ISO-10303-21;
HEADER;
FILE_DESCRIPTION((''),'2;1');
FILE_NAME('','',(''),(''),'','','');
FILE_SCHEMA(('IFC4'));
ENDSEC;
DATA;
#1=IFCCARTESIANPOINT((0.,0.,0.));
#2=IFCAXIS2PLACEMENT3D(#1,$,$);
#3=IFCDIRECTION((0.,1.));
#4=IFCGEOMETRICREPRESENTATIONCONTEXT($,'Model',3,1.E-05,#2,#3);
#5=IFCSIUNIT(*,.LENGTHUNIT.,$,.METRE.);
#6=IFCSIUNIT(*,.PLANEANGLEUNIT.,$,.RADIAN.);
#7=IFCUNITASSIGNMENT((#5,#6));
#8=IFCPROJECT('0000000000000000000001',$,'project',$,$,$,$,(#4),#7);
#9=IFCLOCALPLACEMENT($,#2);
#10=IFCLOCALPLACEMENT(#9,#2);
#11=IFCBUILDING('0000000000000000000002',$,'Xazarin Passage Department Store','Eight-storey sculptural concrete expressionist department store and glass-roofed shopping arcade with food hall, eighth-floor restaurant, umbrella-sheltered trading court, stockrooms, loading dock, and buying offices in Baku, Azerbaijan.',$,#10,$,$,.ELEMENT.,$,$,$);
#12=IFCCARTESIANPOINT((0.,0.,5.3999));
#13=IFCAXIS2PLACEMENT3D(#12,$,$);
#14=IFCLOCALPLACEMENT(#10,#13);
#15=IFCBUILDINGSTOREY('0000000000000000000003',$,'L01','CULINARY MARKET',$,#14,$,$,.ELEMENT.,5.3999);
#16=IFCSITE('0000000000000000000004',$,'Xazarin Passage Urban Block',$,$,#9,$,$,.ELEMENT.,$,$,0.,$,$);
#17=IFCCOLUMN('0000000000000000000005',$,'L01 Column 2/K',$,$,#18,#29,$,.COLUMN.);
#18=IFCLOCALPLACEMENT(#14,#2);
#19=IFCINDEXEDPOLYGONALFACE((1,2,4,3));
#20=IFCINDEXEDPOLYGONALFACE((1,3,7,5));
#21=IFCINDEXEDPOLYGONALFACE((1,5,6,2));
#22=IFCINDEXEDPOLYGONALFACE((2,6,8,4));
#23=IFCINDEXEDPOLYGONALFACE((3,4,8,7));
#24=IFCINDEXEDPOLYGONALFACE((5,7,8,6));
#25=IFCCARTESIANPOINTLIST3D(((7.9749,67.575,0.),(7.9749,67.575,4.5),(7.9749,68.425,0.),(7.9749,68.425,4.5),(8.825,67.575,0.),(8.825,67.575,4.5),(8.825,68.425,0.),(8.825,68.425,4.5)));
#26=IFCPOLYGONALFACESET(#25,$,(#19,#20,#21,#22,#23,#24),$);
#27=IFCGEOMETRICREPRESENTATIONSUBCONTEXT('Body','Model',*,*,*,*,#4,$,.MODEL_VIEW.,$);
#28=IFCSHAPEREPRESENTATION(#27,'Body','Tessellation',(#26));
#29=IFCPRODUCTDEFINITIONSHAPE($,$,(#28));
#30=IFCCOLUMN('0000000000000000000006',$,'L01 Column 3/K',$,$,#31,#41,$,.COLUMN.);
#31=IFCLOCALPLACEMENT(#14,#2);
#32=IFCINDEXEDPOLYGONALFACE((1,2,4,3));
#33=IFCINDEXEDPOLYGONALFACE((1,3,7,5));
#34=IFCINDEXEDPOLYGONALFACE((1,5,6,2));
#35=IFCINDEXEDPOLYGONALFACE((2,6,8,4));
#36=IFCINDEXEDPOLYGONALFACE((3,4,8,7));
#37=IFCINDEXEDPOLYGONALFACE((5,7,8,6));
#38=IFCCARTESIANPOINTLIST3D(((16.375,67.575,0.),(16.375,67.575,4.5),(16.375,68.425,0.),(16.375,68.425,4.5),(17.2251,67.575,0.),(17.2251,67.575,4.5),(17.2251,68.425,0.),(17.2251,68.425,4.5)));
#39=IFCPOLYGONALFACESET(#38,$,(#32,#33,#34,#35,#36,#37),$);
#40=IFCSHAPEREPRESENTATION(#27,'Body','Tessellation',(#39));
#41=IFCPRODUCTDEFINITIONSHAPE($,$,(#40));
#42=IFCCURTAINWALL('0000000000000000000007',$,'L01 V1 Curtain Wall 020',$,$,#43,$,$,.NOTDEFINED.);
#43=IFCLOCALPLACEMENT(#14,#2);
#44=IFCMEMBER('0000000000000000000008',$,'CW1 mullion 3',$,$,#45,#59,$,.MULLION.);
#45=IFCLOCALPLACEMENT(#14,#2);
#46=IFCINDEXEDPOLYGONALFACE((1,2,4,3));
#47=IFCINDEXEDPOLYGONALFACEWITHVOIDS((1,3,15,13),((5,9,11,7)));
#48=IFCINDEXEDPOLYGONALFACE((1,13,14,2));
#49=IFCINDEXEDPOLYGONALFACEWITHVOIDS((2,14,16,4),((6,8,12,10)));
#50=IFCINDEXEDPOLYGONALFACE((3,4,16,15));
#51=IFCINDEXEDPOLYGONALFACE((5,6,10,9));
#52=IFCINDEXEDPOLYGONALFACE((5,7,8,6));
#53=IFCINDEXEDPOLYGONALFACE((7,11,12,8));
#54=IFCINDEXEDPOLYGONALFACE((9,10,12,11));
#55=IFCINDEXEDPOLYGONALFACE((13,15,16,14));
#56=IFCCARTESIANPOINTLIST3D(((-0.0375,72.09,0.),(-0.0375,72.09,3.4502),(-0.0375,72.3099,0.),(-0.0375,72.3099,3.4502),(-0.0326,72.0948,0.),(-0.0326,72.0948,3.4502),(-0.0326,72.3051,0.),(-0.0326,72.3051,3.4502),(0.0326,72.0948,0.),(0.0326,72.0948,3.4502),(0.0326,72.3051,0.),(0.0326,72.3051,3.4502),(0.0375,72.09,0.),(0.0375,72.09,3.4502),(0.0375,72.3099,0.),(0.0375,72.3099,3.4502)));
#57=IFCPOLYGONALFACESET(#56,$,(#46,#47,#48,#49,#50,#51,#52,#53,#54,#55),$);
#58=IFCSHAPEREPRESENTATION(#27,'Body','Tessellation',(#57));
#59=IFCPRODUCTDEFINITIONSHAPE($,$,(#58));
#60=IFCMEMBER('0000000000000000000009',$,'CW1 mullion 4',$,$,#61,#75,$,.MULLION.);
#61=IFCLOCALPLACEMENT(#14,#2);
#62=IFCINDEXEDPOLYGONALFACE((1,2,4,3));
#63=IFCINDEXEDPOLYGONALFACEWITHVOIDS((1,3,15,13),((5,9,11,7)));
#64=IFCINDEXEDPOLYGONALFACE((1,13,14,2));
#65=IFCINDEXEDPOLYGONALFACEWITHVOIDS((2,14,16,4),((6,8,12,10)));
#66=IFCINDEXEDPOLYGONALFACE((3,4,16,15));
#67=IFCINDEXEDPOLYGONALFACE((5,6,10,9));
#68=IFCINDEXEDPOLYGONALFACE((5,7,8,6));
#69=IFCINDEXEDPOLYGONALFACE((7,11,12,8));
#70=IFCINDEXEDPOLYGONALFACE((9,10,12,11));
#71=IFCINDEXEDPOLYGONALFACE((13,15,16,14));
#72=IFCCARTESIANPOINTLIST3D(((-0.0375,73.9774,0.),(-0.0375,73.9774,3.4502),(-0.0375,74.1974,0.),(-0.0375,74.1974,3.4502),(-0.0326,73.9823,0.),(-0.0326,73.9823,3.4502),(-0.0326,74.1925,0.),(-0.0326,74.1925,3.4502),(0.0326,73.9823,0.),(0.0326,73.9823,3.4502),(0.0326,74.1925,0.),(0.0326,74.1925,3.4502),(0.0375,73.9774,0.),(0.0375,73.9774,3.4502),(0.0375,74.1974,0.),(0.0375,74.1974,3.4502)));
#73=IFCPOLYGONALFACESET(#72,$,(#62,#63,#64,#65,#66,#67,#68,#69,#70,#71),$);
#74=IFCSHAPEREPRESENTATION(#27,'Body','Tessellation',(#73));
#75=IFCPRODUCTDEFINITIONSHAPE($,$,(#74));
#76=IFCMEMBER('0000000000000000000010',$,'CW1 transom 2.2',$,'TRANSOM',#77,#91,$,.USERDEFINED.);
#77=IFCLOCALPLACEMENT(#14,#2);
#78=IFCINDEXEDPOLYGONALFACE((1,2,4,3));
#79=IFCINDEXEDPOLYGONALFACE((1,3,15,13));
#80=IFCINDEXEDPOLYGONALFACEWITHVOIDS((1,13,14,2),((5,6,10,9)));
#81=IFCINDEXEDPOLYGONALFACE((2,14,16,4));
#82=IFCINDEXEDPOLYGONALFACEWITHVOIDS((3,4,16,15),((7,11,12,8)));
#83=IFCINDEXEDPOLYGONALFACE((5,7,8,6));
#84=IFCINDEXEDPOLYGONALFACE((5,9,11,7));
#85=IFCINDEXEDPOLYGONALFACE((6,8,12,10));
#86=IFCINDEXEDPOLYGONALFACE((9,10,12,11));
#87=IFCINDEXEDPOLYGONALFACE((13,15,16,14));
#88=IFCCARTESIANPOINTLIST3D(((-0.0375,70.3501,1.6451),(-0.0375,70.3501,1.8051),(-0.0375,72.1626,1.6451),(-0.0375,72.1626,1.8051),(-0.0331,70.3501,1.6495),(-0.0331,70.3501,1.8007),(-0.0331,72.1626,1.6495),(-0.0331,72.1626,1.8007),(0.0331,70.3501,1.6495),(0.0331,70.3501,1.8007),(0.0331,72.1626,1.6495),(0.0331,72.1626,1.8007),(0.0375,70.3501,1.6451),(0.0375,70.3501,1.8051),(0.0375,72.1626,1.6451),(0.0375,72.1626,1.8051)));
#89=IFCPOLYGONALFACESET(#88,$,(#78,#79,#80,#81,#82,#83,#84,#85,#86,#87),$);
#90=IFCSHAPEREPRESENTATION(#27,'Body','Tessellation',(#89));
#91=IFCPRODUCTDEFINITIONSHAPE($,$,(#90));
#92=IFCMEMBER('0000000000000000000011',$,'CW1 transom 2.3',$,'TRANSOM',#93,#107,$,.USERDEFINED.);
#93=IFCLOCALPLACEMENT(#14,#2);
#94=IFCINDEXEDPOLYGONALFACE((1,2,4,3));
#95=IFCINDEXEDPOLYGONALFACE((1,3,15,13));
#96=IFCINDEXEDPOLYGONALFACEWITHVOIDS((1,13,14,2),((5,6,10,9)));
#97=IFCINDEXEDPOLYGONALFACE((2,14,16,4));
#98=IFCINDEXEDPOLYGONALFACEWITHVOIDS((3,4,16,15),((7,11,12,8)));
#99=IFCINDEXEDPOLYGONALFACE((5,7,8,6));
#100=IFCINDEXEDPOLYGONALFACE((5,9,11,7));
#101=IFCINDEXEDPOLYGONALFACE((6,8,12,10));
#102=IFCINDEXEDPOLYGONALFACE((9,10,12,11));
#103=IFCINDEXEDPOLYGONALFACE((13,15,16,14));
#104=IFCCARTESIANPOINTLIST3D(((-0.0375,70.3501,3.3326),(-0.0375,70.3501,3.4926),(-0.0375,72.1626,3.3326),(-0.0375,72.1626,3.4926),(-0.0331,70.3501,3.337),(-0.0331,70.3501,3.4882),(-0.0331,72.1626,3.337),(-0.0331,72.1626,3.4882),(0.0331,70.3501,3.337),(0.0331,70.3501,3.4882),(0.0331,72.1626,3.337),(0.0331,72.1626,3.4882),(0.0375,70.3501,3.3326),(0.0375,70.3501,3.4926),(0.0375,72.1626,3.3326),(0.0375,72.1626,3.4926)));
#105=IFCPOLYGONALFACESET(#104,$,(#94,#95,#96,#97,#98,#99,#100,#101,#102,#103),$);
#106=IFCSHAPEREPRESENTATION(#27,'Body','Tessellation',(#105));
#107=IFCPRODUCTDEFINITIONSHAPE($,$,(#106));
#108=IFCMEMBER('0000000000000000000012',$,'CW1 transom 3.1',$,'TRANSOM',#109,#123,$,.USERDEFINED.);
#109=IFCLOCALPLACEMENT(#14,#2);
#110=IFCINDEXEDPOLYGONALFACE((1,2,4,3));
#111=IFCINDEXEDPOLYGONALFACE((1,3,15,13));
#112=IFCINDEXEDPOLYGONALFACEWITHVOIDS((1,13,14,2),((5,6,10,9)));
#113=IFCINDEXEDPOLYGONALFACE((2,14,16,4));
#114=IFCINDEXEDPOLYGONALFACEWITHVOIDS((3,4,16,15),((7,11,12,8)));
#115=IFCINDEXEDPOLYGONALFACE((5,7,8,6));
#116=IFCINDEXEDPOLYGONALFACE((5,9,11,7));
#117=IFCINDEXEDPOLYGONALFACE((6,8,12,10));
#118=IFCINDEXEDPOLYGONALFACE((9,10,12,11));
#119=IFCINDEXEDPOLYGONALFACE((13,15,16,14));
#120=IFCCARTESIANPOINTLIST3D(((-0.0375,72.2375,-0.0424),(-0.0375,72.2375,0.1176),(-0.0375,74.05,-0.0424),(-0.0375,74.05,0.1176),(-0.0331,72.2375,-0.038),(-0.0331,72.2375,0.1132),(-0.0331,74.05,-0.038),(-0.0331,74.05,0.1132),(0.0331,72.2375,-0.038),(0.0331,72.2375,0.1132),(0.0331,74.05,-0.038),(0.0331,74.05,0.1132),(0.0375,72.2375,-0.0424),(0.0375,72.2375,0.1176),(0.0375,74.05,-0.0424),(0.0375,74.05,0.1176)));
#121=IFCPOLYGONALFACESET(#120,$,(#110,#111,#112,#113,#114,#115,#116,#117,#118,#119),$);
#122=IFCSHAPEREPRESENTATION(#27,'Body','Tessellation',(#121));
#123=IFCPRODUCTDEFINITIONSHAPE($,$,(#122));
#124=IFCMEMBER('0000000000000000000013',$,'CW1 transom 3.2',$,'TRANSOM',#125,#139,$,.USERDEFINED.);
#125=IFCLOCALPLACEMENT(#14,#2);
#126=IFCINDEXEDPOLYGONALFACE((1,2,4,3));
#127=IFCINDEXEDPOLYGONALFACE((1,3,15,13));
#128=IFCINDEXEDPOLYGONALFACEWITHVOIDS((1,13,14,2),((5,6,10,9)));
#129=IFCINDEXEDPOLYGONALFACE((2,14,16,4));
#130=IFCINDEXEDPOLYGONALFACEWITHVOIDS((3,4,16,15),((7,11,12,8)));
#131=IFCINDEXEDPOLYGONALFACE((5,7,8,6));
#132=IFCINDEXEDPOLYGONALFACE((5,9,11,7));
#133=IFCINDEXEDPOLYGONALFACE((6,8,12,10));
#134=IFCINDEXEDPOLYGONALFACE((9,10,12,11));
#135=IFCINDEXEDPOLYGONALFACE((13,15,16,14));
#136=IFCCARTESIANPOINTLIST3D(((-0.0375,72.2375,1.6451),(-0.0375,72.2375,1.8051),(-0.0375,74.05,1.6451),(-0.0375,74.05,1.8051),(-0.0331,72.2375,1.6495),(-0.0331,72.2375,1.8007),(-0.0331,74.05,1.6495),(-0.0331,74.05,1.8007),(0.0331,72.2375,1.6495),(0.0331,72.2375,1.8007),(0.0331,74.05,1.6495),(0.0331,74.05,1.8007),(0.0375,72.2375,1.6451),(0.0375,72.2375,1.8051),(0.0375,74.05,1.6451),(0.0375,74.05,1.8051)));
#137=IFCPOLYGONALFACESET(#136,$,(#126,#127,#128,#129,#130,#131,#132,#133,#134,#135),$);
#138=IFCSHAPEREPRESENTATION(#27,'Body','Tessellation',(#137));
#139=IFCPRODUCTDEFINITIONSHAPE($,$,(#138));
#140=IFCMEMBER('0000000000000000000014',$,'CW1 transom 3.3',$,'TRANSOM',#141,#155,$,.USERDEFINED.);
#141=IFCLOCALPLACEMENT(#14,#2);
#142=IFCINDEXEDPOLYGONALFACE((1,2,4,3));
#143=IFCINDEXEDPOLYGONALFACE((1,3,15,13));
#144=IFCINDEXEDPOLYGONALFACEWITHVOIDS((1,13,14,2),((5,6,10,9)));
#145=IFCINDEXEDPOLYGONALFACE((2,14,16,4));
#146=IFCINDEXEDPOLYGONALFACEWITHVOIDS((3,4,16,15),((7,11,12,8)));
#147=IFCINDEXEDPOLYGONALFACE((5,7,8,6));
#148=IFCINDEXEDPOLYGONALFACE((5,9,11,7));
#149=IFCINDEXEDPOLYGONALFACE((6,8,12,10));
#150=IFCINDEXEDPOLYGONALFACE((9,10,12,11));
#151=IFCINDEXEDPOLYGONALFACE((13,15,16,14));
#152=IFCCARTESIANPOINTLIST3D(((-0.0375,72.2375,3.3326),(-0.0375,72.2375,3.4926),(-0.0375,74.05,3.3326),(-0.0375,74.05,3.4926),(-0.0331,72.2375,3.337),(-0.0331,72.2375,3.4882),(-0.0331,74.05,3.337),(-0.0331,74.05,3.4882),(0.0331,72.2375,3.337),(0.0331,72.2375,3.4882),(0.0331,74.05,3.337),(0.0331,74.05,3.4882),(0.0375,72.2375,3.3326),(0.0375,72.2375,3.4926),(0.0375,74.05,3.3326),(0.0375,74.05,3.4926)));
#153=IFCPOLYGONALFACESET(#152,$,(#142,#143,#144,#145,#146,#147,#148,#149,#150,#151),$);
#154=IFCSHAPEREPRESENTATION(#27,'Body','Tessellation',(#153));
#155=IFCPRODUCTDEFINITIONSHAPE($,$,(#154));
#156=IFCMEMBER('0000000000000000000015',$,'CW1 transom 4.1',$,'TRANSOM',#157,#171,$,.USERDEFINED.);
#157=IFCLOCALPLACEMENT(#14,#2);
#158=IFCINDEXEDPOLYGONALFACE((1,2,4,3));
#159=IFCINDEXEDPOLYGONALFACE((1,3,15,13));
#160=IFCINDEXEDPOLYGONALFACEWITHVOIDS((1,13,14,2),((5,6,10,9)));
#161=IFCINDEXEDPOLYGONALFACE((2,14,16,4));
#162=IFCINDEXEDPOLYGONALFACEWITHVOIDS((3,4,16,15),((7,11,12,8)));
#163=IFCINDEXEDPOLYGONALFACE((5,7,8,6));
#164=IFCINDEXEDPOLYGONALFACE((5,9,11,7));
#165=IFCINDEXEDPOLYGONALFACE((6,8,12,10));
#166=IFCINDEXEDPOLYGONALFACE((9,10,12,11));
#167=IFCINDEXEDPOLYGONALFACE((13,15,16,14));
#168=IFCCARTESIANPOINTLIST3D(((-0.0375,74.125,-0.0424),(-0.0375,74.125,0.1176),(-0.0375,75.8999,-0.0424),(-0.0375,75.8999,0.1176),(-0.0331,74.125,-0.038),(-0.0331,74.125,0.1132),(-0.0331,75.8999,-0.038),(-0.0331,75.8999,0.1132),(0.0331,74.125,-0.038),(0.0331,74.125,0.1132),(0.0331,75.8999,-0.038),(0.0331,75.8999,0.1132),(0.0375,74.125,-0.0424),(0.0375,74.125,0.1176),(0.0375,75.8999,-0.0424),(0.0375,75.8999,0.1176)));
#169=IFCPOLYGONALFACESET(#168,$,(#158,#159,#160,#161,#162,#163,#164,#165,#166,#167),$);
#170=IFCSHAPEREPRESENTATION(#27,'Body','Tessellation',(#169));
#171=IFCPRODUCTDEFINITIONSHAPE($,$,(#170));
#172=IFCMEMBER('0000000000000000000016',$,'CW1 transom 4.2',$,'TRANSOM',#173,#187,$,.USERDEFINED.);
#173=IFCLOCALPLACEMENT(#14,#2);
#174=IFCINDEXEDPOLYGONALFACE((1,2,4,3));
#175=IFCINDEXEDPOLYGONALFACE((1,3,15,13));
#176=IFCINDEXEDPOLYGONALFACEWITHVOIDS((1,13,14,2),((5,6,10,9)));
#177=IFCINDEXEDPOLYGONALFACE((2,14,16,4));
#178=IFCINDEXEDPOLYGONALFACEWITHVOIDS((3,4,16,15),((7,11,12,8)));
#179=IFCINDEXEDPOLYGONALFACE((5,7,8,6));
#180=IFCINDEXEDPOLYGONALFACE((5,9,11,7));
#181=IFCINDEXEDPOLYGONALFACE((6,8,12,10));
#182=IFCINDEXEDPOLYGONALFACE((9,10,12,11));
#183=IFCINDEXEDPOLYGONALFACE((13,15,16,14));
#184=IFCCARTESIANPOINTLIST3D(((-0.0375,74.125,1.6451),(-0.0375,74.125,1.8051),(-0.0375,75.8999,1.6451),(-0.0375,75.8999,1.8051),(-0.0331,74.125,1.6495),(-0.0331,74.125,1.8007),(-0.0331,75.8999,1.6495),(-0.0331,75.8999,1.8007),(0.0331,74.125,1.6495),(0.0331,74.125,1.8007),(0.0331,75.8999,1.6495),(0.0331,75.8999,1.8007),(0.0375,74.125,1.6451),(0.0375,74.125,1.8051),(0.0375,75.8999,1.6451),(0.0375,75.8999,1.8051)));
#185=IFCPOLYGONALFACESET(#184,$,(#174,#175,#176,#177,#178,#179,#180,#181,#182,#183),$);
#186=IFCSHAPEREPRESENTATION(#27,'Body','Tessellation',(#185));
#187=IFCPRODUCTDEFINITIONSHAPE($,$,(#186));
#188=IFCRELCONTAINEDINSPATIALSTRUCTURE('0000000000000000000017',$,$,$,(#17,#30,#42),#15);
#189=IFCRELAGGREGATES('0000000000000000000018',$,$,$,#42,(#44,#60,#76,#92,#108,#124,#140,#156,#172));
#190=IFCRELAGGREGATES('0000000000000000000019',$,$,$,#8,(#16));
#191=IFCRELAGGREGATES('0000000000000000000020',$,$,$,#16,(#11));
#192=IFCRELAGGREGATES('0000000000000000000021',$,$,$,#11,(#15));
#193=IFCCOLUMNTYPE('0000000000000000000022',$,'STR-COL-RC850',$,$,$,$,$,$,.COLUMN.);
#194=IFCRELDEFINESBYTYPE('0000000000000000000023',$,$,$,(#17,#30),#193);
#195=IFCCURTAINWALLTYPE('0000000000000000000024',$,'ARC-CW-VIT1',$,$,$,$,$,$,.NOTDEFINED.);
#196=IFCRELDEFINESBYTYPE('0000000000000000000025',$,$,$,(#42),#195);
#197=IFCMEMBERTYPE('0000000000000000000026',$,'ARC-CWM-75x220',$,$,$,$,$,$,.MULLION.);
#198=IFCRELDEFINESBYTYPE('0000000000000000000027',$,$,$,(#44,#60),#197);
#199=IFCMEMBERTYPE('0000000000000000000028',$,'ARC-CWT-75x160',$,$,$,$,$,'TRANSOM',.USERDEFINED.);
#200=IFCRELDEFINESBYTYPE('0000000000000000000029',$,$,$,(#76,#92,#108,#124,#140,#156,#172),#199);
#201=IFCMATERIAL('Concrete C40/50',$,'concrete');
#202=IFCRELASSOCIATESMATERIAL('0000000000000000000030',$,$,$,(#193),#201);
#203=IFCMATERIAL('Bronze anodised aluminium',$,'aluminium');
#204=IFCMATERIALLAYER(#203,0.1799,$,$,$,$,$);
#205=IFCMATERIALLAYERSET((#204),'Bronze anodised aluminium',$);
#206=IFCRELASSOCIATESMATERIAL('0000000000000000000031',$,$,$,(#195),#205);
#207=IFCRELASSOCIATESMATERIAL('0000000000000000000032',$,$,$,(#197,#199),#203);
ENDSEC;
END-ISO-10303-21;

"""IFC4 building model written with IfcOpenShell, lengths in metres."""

from ifc_helpers import new_model, si_unit, direction, frame, origin, origin_2d, place, context, subcontext, project, spatial, rectangle, hollow_rectangle, extrude, material, layer, layer_set, material_profile, profile_set, type_object, element, aggregate, save


model = new_model("IFC4")

# Units and contexts
model_context = context("Model", 3, precision=1e-05, world=origin(), true_north=direction((0.0, 1.0)))
body_context = subcontext(model_context, "Body", "Model", "MODEL_VIEW")
ifc_project = project(units=[si_unit("LENGTHUNIT", "METRE"), si_unit("PLANEANGLEUNIT", "RADIAN")], contexts=[model_context])

# Site, building, storey
site_placement = place(None, origin())
site = spatial("IfcSite", under=ifc_project, at=site_placement, Name="Xazarin Passage Urban Block", CompositionType="ELEMENT", RefElevation=0.0)
building_placement = place(site_placement, origin())
building = spatial("IfcBuilding", under=site, at=building_placement, Name="Xazarin Passage Department Store", Description="Eight-storey sculptural concrete expressionist department store and glass-roofed shopping arcade with food hall, eighth-floor restaurant, umbrella-sheltered trading court, stockrooms, loading dock, and buying offices in Baku, Azerbaijan.", CompositionType="ELEMENT")
storey_placement = place(building_placement, frame((0.0, 0.0, 5.3999)))
storey = spatial("IfcBuildingStorey", under=building, at=storey_placement, Name="L01", Description="CULINARY MARKET", CompositionType="ELEMENT", Elevation=5.3999)

# Columns
ifc_material_1 = material(Name="Concrete C40/50", Category="concrete")
ifc_material_profile_1 = material_profile(ifc_material_1, rectangle(XDim=0.8501, YDim=0.8501, at=origin_2d()), Name="RC 850x850")
ifc_profile_set_1 = profile_set([ifc_material_profile_1], Name="Concrete C40/50")
column_type = type_object("IfcColumnType", Name="STR-COL-RC850", PredefinedType="COLUMN", material=ifc_profile_set_1)
for number, where, z_axis, x_axis, name in (
    (1, (8.3999, 68.0, 0.0), (0.0, 0.0, 1.0), (1.0, 0.0, 0.0), "L01 Column 2/K"),
    (2, (16.8, 68.0, 0.0), (0.0, 0.0, 1.0), (1.0, 0.0, 0.0), "L01 Column 3/K"),
):
    element("IfcColumn", number, at=place(storey_placement, frame(where, z_axis=z_axis, x_axis=x_axis)), inside=storey, type_object=column_type, Name=name, PredefinedType="COLUMN", context=body_context, shape_type="SweptSolid", body=[
        extrude(rectangle(XDim=0.8501, YDim=0.8501, at=origin_2d()), origin(), (0.0, 0.0, 1.0), 4.5),
    ])

# Curtain wall, members
ifc_material_2 = material(Name="Bronze anodised aluminium", Category="aluminium")
ifc_layer_1 = layer(ifc_material_2, 0.1799)
ifc_layer_set_1 = layer_set([ifc_layer_1], Name="Bronze anodised aluminium")
curtain_wall_type = type_object("IfcCurtainWallType", Name="ARC-CW-VIT1", PredefinedType="NOTDEFINED", material=ifc_layer_set_1)
curtain_wall_placement = place(storey_placement, origin())
curtain_wall = element("IfcCurtainWall", 3, at=curtain_wall_placement, inside=storey, type_object=curtain_wall_type, Name="L01 V1 Curtain Wall 020", PredefinedType="NOTDEFINED")
ifc_material_profile_2 = material_profile(ifc_material_2, hollow_rectangle(XDim=0.075, YDim=0.22, WallThickness=0.0049, at=origin_2d()), Name="ALU 75x220")
ifc_profile_set_2 = profile_set([ifc_material_profile_2], Name="Bronze anodised aluminium")
member_type_1 = type_object("IfcMemberType", Name="ARC-CWM-75x220", PredefinedType="MULLION", material=ifc_profile_set_2)
member_1_placement = place(storey_placement, frame((0.0, 72.2, 0.0), z_axis=(0.0, 0.0, 1.0), x_axis=(-1.0, 0.0, 0.0)))
member_1 = element("IfcMember", 4, at=member_1_placement, type_object=member_type_1, Name="CW1 mullion 3", PredefinedType="MULLION", context=body_context, shape_type="SweptSolid", body=[
    extrude(hollow_rectangle(XDim=0.075, YDim=0.22, WallThickness=0.0049, at=origin_2d()), origin(), (0.0, 0.0, 1.0), 3.4502),
])
member_2_placement = place(storey_placement, frame((0.0, 74.0874, 0.0), z_axis=(0.0, 0.0, 1.0), x_axis=(-1.0, 0.0, 0.0)))
member_2 = element("IfcMember", 5, at=member_2_placement, type_object=member_type_1, Name="CW1 mullion 4", PredefinedType="MULLION", context=body_context, shape_type="SweptSolid", body=[
    extrude(hollow_rectangle(XDim=0.075, YDim=0.22, WallThickness=0.0049, at=origin_2d()), origin(), (0.0, 0.0, 1.0), 3.4502),
])
ifc_material_profile_3 = material_profile(ifc_material_2, hollow_rectangle(XDim=0.075, YDim=0.1599, WallThickness=0.0044, at=origin_2d()), Name="ALU 75x160")
ifc_profile_set_3 = profile_set([ifc_material_profile_3], Name="Bronze anodised aluminium")
member_type_2 = type_object("IfcMemberType", Name="ARC-CWT-75x160", ElementType="TRANSOM", PredefinedType="USERDEFINED", material=ifc_profile_set_3)
member_3_placement = place(storey_placement, frame((0.0, 70.3501, 1.7251), z_axis=(0.0, 1.0, 0.0), x_axis=(-1.0, 0.0, 0.0)))
member_3 = element("IfcMember", 6, at=member_3_placement, type_object=member_type_2, Name="CW1 transom 2.2", ObjectType="TRANSOM", PredefinedType="USERDEFINED", context=body_context, shape_type="SweptSolid", body=[
    extrude(hollow_rectangle(XDim=0.075, YDim=0.1599, WallThickness=0.0044, at=origin_2d()), origin(), (0.0, 0.0, 1.0), 1.8125),
])
member_4_placement = place(storey_placement, frame((0.0, 70.3501, 3.4126), z_axis=(0.0, 1.0, 0.0), x_axis=(-1.0, 0.0, 0.0)))
member_4 = element("IfcMember", 7, at=member_4_placement, type_object=member_type_2, Name="CW1 transom 2.3", ObjectType="TRANSOM", PredefinedType="USERDEFINED", context=body_context, shape_type="SweptSolid", body=[
    extrude(hollow_rectangle(XDim=0.075, YDim=0.1599, WallThickness=0.0044, at=origin_2d()), origin(), (0.0, 0.0, 1.0), 1.8125),
])
member_5_placement = place(storey_placement, frame((0.0, 72.2375, 0.0376), z_axis=(0.0, 1.0, 0.0), x_axis=(-1.0, 0.0, 0.0)))
member_5 = element("IfcMember", 8, at=member_5_placement, type_object=member_type_2, Name="CW1 transom 3.1", ObjectType="TRANSOM", PredefinedType="USERDEFINED", context=body_context, shape_type="SweptSolid", body=[
    extrude(hollow_rectangle(XDim=0.075, YDim=0.1599, WallThickness=0.0044, at=origin_2d()), origin(), (0.0, 0.0, 1.0), 1.8125),
])
member_6_placement = place(storey_placement, frame((0.0, 72.2375, 1.7251), z_axis=(0.0, 1.0, 0.0), x_axis=(-1.0, 0.0, 0.0)))
member_6 = element("IfcMember", 9, at=member_6_placement, type_object=member_type_2, Name="CW1 transom 3.2", ObjectType="TRANSOM", PredefinedType="USERDEFINED", context=body_context, shape_type="SweptSolid", body=[
    extrude(hollow_rectangle(XDim=0.075, YDim=0.1599, WallThickness=0.0044, at=origin_2d()), origin(), (0.0, 0.0, 1.0), 1.8125),
])
member_7_placement = place(storey_placement, frame((0.0, 72.2375, 3.4126), z_axis=(0.0, 1.0, 0.0), x_axis=(-1.0, 0.0, 0.0)))
member_7 = element("IfcMember", 10, at=member_7_placement, type_object=member_type_2, Name="CW1 transom 3.3", ObjectType="TRANSOM", PredefinedType="USERDEFINED", context=body_context, shape_type="SweptSolid", body=[
    extrude(hollow_rectangle(XDim=0.075, YDim=0.1599, WallThickness=0.0044, at=origin_2d()), origin(), (0.0, 0.0, 1.0), 1.8125),
])
member_8_placement = place(storey_placement, frame((0.0, 74.125, 0.0376), z_axis=(0.0, 1.0, 0.0), x_axis=(-1.0, 0.0, 0.0)))
member_8 = element("IfcMember", 11, at=member_8_placement, type_object=member_type_2, Name="CW1 transom 4.1", ObjectType="TRANSOM", PredefinedType="USERDEFINED", context=body_context, shape_type="SweptSolid", body=[
    extrude(hollow_rectangle(XDim=0.075, YDim=0.1599, WallThickness=0.0044, at=origin_2d()), origin(), (0.0, 0.0, 1.0), 1.7749),
])
member_9_placement = place(storey_placement, frame((0.0, 74.125, 1.7251), z_axis=(0.0, 1.0, 0.0), x_axis=(-1.0, 0.0, 0.0)))
member_9 = element("IfcMember", 12, at=member_9_placement, type_object=member_type_2, Name="CW1 transom 4.2", ObjectType="TRANSOM", PredefinedType="USERDEFINED", context=body_context, shape_type="SweptSolid", body=[
    extrude(hollow_rectangle(XDim=0.075, YDim=0.1599, WallThickness=0.0044, at=origin_2d()), origin(), (0.0, 0.0, 1.0), 1.7749),
])

aggregate(curtain_wall, [member_1, member_2, member_3, member_4, member_5, member_6, member_7, member_8, member_9])

save(model, "model.ifc")
